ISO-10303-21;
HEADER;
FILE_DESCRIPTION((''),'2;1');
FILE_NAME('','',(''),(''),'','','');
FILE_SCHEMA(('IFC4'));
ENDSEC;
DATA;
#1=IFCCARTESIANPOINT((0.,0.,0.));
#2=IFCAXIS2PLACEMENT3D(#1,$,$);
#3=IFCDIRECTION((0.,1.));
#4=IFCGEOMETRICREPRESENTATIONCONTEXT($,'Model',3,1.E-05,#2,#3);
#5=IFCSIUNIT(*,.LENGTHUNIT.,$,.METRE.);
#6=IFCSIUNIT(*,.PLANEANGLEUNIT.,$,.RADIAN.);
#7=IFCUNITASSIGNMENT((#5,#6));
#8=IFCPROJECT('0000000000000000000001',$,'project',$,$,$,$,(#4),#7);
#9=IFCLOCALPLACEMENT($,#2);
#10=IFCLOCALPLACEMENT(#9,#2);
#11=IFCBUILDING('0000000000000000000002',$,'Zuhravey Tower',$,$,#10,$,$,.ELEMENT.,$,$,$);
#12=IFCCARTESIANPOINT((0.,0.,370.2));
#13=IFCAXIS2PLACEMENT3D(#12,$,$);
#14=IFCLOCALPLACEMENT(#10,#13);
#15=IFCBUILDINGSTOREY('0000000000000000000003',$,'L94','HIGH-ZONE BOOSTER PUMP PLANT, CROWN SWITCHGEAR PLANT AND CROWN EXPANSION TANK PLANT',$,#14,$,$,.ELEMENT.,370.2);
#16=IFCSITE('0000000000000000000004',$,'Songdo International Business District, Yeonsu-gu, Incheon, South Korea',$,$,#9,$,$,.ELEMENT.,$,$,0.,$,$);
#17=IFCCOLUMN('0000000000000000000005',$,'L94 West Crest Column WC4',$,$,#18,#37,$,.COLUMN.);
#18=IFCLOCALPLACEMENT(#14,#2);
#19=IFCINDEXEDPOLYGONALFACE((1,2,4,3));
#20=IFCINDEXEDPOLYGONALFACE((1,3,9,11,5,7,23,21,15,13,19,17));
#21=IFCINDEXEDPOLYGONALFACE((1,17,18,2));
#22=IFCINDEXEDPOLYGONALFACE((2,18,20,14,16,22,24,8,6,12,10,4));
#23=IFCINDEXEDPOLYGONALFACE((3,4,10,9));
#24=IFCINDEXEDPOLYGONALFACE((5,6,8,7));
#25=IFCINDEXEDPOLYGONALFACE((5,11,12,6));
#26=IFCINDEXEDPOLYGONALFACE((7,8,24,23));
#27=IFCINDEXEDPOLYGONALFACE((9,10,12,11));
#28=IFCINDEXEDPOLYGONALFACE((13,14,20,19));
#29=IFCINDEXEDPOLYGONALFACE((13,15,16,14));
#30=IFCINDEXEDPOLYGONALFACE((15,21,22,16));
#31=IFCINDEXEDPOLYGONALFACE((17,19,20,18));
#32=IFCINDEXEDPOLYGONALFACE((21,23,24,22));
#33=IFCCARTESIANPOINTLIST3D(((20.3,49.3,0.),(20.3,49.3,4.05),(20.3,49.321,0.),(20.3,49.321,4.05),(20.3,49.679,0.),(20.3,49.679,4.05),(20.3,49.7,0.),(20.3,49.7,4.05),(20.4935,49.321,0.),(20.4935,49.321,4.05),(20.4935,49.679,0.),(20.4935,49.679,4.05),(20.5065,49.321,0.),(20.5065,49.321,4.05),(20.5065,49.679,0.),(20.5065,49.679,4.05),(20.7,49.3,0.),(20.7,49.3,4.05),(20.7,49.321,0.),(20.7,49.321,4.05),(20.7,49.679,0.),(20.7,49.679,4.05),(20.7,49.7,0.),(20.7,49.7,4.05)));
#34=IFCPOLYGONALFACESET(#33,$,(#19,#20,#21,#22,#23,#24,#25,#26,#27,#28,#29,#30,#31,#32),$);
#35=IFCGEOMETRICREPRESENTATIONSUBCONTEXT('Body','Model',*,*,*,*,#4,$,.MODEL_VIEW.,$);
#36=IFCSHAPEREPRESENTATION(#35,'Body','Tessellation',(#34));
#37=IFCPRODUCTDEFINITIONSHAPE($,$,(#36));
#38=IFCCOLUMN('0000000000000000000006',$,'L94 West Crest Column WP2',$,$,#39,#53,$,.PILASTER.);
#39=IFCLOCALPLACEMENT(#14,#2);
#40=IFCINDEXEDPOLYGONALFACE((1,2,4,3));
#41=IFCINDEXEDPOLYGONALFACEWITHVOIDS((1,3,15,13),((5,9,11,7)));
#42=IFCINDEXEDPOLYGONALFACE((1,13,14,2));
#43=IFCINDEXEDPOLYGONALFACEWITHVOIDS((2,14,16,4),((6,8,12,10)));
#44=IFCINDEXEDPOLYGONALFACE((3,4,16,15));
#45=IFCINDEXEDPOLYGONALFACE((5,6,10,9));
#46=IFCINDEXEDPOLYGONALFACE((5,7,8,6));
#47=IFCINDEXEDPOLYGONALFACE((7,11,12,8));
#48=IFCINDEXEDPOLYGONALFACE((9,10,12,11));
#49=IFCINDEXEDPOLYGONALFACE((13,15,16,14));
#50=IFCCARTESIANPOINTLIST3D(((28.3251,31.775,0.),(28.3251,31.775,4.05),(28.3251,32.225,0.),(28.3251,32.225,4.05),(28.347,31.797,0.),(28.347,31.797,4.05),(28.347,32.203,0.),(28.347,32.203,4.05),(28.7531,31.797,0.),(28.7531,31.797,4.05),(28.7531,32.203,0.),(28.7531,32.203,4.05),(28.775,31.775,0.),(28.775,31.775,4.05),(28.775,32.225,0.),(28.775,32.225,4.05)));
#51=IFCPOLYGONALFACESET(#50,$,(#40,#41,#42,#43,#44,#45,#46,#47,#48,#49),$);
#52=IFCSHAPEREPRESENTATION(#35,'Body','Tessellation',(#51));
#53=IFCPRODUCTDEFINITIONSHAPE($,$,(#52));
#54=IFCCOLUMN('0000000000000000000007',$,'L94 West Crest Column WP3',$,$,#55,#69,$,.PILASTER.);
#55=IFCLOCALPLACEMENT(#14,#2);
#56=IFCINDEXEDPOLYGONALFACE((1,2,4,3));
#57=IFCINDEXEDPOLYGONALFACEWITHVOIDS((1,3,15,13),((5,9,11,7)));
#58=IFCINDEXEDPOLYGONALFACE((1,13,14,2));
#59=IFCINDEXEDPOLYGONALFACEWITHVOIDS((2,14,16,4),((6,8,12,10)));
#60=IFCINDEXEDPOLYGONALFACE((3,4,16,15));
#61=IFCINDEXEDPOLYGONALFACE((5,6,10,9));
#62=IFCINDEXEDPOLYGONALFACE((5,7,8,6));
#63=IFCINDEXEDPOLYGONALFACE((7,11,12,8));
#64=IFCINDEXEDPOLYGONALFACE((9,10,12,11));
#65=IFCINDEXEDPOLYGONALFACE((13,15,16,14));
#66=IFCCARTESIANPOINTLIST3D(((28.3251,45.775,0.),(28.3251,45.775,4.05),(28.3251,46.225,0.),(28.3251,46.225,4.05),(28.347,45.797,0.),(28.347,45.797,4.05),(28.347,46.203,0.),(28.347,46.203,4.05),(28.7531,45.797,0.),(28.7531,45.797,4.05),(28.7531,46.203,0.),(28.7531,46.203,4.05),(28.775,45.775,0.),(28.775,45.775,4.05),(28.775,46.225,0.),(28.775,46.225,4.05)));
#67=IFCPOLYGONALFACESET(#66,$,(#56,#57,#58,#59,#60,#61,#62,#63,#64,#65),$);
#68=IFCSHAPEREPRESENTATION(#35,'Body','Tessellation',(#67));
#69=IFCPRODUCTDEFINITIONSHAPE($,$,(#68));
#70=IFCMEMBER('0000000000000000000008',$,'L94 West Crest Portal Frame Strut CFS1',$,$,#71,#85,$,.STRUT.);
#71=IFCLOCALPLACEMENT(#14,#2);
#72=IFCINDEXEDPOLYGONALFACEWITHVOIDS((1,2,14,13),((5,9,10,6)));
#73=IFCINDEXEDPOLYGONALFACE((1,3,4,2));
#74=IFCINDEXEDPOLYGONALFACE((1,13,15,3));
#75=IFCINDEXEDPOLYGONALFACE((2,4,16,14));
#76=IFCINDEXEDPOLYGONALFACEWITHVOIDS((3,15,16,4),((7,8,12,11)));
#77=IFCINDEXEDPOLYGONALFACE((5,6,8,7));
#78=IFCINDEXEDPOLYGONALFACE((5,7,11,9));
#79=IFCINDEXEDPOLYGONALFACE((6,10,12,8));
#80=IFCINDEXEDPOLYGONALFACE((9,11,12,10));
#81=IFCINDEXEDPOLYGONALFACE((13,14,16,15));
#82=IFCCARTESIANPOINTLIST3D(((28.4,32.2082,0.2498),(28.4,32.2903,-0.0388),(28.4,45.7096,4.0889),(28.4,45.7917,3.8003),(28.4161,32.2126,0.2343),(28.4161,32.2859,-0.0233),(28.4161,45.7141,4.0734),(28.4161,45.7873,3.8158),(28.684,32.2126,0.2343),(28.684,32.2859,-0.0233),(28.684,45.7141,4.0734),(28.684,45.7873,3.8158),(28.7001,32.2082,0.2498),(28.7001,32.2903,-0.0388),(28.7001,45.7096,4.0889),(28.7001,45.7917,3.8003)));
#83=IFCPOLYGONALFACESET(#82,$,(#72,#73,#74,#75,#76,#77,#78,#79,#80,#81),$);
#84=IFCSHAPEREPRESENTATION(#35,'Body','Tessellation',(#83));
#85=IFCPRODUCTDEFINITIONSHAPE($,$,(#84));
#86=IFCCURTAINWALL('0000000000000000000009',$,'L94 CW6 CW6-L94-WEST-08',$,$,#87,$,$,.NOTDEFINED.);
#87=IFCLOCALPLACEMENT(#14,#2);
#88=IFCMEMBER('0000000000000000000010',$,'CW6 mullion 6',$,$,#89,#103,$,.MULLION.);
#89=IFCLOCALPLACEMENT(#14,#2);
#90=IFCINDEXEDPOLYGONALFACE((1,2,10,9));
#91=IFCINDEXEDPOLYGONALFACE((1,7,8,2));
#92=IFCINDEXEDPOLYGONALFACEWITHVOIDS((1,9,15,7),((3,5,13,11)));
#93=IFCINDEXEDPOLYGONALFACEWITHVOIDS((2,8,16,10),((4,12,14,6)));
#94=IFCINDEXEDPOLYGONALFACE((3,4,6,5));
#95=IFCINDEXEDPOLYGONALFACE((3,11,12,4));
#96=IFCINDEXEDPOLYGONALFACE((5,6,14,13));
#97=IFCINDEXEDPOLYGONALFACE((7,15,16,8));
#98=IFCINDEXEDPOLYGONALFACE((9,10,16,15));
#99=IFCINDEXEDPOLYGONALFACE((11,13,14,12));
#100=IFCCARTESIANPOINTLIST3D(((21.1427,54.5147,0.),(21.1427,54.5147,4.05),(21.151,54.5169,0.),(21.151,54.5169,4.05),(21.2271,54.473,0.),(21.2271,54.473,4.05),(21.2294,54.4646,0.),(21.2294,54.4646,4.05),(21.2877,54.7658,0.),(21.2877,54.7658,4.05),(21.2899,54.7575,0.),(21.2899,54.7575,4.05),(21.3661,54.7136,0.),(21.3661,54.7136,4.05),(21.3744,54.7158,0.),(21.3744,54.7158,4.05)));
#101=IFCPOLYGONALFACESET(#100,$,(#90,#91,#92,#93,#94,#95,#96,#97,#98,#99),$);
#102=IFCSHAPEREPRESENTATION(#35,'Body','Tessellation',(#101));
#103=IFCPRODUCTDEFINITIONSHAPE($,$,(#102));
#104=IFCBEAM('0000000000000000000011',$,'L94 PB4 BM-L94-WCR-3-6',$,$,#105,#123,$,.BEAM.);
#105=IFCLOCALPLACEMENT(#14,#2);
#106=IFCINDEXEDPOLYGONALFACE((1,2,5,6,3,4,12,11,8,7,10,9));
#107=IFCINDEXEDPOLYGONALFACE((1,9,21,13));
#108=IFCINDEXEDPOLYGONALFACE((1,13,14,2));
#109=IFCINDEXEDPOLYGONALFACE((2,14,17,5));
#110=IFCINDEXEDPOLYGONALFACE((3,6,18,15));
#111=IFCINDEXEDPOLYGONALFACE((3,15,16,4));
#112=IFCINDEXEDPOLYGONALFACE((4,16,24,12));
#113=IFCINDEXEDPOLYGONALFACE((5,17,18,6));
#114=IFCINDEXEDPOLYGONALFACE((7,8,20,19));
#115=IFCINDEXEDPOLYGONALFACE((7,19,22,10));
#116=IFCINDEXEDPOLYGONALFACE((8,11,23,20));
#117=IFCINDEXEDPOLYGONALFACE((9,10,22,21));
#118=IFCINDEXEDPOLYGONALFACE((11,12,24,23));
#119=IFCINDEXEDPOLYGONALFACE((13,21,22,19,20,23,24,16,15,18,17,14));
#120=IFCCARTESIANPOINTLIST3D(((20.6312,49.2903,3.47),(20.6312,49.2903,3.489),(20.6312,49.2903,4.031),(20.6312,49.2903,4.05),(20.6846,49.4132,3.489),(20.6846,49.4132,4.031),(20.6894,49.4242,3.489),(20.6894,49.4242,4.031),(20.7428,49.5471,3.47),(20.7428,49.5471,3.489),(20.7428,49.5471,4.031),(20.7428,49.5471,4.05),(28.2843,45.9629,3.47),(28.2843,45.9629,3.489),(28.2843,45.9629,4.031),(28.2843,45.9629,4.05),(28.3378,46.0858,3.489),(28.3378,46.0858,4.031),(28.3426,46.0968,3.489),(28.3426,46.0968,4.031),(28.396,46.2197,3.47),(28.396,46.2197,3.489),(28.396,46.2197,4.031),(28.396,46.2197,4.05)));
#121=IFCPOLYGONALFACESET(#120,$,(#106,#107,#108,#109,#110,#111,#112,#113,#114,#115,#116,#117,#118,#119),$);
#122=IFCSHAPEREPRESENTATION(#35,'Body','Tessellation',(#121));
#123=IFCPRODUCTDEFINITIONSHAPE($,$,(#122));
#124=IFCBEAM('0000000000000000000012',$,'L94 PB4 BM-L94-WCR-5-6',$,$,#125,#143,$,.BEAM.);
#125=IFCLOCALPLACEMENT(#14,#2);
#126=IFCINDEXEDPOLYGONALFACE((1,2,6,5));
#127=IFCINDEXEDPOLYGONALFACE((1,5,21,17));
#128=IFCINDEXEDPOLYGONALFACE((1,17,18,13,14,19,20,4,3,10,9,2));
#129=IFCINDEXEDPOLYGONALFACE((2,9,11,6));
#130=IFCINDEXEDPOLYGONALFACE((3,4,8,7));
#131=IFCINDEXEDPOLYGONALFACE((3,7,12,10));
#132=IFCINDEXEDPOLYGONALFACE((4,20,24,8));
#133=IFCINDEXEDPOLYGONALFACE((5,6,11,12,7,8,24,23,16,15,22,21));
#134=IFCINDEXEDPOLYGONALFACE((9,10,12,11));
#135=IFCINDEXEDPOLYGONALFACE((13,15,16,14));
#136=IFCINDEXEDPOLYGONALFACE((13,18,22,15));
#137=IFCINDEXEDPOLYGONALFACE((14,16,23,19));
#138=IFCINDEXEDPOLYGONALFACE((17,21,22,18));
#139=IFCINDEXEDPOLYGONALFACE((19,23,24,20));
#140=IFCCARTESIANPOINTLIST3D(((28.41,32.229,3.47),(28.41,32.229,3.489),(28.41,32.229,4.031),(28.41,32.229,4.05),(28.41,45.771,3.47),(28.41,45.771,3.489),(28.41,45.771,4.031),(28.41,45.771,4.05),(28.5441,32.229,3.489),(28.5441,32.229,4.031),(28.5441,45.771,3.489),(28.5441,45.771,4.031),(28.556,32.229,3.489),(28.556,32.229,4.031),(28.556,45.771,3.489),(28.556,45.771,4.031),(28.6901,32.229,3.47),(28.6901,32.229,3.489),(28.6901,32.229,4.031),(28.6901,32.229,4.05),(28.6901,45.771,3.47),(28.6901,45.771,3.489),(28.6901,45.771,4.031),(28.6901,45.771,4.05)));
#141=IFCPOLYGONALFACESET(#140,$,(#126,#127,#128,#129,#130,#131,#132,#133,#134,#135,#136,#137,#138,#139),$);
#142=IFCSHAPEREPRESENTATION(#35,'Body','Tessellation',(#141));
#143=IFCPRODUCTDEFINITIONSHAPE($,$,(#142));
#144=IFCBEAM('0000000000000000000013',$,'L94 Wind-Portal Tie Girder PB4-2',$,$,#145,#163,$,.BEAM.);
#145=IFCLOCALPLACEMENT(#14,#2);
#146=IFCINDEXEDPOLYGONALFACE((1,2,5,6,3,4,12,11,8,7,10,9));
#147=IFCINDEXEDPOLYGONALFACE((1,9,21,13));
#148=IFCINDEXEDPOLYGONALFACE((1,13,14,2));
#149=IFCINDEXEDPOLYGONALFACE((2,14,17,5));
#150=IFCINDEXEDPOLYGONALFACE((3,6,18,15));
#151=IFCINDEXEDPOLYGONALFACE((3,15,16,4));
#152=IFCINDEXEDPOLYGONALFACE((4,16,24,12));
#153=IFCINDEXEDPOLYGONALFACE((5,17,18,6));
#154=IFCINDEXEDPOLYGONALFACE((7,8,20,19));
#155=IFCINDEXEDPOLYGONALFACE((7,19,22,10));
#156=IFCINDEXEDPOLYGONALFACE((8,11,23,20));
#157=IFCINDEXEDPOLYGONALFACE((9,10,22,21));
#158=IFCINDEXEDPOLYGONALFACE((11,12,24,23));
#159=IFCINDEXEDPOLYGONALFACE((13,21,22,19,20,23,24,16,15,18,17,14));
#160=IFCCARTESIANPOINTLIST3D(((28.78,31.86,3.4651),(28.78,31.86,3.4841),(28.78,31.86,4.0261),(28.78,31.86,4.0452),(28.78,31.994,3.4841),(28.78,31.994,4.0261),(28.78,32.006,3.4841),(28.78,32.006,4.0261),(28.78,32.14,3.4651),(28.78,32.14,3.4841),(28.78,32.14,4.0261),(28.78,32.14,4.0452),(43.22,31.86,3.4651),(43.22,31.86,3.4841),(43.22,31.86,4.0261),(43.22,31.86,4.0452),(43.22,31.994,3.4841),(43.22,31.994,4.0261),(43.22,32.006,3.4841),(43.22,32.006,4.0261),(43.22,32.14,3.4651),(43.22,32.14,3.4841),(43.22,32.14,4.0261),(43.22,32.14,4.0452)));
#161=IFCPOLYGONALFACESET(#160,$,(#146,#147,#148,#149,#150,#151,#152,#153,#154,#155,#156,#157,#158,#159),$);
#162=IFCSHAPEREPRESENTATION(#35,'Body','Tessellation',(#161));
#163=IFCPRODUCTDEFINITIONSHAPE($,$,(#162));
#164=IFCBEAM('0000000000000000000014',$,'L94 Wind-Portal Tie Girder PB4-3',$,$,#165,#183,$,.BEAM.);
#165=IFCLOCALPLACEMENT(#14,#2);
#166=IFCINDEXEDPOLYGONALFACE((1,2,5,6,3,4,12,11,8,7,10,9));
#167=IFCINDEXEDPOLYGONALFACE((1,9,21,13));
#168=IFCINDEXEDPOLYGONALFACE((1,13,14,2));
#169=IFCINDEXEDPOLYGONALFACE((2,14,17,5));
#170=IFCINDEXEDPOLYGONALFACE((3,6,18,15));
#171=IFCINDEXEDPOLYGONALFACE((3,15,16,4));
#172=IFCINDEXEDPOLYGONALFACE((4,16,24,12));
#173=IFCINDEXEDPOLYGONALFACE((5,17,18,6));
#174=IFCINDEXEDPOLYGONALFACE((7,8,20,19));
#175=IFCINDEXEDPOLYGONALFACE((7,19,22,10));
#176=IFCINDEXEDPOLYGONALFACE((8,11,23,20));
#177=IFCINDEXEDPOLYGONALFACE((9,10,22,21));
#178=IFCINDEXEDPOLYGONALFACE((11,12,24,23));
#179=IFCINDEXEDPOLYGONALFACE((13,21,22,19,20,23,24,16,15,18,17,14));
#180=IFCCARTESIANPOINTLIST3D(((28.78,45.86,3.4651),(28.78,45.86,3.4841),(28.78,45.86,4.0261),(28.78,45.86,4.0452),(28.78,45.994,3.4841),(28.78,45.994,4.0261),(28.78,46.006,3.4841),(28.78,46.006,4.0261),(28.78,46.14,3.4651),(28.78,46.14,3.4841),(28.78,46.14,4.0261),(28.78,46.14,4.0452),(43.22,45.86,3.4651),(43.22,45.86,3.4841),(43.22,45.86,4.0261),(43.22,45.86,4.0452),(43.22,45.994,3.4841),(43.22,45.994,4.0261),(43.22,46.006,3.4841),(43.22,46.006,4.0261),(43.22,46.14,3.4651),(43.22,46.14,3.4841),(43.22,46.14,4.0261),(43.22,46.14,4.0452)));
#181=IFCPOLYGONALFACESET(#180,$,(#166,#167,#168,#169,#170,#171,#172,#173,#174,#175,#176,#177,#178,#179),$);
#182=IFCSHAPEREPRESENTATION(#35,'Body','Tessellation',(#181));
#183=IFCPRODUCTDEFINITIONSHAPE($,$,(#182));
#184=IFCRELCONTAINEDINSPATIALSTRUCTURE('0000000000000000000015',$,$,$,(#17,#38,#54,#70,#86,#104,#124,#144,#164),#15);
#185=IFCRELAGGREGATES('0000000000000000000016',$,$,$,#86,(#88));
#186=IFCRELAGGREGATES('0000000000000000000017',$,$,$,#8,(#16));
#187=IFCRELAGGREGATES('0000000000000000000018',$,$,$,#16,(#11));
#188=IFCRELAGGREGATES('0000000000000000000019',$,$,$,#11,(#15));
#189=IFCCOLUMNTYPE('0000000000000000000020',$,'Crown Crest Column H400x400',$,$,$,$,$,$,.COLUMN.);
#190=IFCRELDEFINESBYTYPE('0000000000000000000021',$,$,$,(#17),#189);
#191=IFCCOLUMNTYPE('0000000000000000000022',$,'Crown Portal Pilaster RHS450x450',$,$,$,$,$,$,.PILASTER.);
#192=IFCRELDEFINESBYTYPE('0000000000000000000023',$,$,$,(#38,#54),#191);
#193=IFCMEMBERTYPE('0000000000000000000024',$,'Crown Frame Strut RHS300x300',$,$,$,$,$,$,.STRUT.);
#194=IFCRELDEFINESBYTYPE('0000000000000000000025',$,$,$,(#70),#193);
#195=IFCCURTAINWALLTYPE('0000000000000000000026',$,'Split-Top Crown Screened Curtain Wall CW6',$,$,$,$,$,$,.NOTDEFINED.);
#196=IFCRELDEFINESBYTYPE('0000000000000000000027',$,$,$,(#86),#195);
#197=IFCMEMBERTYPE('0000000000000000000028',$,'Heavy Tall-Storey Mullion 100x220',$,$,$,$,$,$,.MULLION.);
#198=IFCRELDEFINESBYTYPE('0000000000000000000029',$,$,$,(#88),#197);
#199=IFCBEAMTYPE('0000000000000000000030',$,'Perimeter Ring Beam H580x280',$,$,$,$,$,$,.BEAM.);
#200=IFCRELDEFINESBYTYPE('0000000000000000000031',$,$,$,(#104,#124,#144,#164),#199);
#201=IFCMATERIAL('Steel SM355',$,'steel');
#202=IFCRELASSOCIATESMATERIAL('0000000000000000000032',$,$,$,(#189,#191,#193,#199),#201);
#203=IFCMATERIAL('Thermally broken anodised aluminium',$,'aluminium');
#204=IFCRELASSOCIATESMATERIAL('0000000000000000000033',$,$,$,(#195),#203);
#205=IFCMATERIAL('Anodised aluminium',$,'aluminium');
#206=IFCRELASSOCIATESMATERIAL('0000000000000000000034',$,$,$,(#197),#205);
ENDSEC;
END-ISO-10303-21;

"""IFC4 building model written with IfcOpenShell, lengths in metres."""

from ifc_helpers import new_model, si_unit, direction, frame, origin, origin_2d, place, context, subcontext, project, spatial, hollow_rectangle, i_section, extrude, material, material_profile, profile_set, type_object, element, aggregate, save


model = new_model("IFC4")

# Units and contexts
model_context = context("Model", 3, precision=1e-05, world=origin(), true_north=direction((0.0, 1.0)))
body_context = subcontext(model_context, "Body", "Model", "MODEL_VIEW")
ifc_project = project(units=[si_unit("LENGTHUNIT", "METRE"), si_unit("PLANEANGLEUNIT", "RADIAN")], contexts=[model_context])

# Site, building, storey
site_placement = place(None, origin())
site = spatial("IfcSite", under=ifc_project, at=site_placement, Name="Songdo International Business District, Yeonsu-gu, Incheon, South Korea", CompositionType="ELEMENT", RefElevation=0.0)
building_placement = place(site_placement, origin())
building = spatial("IfcBuilding", under=site, at=building_placement, Name="Zuhravey Tower", CompositionType="ELEMENT")
storey_placement = place(building_placement, frame((0.0, 0.0, 370.2)))
storey = spatial("IfcBuildingStorey", under=building, at=storey_placement, Name="L94", Description="HIGH-ZONE BOOSTER PUMP PLANT, CROWN SWITCHGEAR PLANT AND CROWN EXPANSION TANK PLANT", CompositionType="ELEMENT", Elevation=370.2)

# Columns
ifc_material_1 = material(Name="Steel SM355", Category="steel")
ifc_material_profile_1 = material_profile(ifc_material_1, i_section(OverallWidth=0.3999, OverallDepth=0.3999, WebThickness=0.0129, FlangeThickness=0.021, at=origin_2d()), Name="H-400x400x13x21")
ifc_profile_set_1 = profile_set([ifc_material_profile_1], Name="Steel SM355")
column_type_1 = type_object("IfcColumnType", Name="Crown Crest Column H400x400", PredefinedType="COLUMN", material=ifc_profile_set_1)
column_placement = place(storey_placement, frame((20.5, 49.5, 0.0), z_axis=(0.0, 0.0, 1.0), x_axis=(1.0, 0.0, 0.0)))
element("IfcColumn", 1, at=column_placement, inside=storey, type_object=column_type_1, Name="L94 West Crest Column WC4", PredefinedType="COLUMN", context=body_context, shape_type="SweptSolid", body=[
    extrude(i_section(OverallWidth=0.3999, OverallDepth=0.3999, WebThickness=0.0129, FlangeThickness=0.021, at=origin_2d()), origin(), (0.0, 0.0, 1.0), 4.05),
])
ifc_material_profile_2 = material_profile(ifc_material_1, hollow_rectangle(XDim=0.45, YDim=0.45, WallThickness=0.022, at=origin_2d()), Name="RHS-450x450x22")
ifc_profile_set_2 = profile_set([ifc_material_profile_2], Name="Steel SM355")
column_type_2 = type_object("IfcColumnType", Name="Crown Portal Pilaster RHS450x450", PredefinedType="PILASTER", material=ifc_profile_set_2)
for number, where, z_axis, x_axis, name in (
    (2, (28.55, 32.0, 0.0), (0.0, 0.0, 1.0), (1.0, 0.0, 0.0), "L94 West Crest Column WP2"),
    (3, (28.55, 46.0, 0.0), (0.0, 0.0, 1.0), (1.0, 0.0, 0.0), "L94 West Crest Column WP3"),
):
    element("IfcColumn", number, at=place(storey_placement, frame(where, z_axis=z_axis, x_axis=x_axis)), inside=storey, type_object=column_type_2, Name=name, PredefinedType="PILASTER", context=body_context, shape_type="SweptSolid", body=[
        extrude(hollow_rectangle(XDim=0.45, YDim=0.45, WallThickness=0.022, at=origin_2d()), origin(), (0.0, 0.0, 1.0), 4.05),
    ])

# Member
ifc_material_profile_3 = material_profile(ifc_material_1, hollow_rectangle(XDim=0.3, YDim=0.3, WallThickness=0.0161, at=origin_2d()), Name="RHS-300x300x16")
ifc_profile_set_3 = profile_set([ifc_material_profile_3], Name="Steel SM355")
member_type_1 = type_object("IfcMemberType", Name="Crown Frame Strut RHS300x300", PredefinedType="STRUT", material=ifc_profile_set_3)
member_1_placement = place(storey_placement, frame((28.55, 32.2493, 0.1055), z_axis=(0.0, 0.96187, 0.273506), x_axis=(-1.0, 0.0, 0.0)))
element("IfcMember", 4, at=member_1_placement, inside=storey, type_object=member_type_1, Name="L94 West Crest Portal Frame Strut CFS1", PredefinedType="STRUT", context=body_context, shape_type="SweptSolid", body=[
    extrude(hollow_rectangle(XDim=0.3, YDim=0.3, WallThickness=0.0161, at=origin_2d()), origin(), (0.0, 0.0, 1.0), 14.0366),
])

# Curtain wall, member
ifc_material_2 = material(Name="Thermally broken anodised aluminium", Category="aluminium")
curtain_wall_type = type_object("IfcCurtainWallType", Name="Split-Top Crown Screened Curtain Wall CW6", PredefinedType="NOTDEFINED", material=ifc_material_2)
curtain_wall_placement = place(storey_placement, origin())
curtain_wall = element("IfcCurtainWall", 5, at=curtain_wall_placement, inside=storey, type_object=curtain_wall_type, Name="L94 CW6 CW6-L94-WEST-08", PredefinedType="NOTDEFINED")
ifc_material_3 = material(Name="Anodised aluminium", Category="aluminium")
ifc_material_profile_4 = material_profile(ifc_material_3, hollow_rectangle(XDim=0.1001, YDim=0.29, WallThickness=0.0061, at=origin_2d()), Name="ALU-RHS-100x290x6")
ifc_profile_set_4 = profile_set([ifc_material_profile_4], Name="Anodised aluminium")
member_type_2 = type_object("IfcMemberType", Name="Heavy Tall-Storey Mullion 100x220", PredefinedType="MULLION", material=ifc_profile_set_4)
member_2_placement = place(storey_placement, frame((21.2585, 54.6152, 0.0), z_axis=(0.0, 0.0, 1.0), x_axis=(-0.866027, 0.499997, 0.0)))
member_2 = element("IfcMember", 6, at=member_2_placement, type_object=member_type_2, Name="CW6 mullion 6", PredefinedType="MULLION", context=body_context, shape_type="SweptSolid", body=[
    extrude(hollow_rectangle(XDim=0.1001, YDim=0.29, WallThickness=0.0061, at=origin_2d()), origin(), (0.0, 0.0, 1.0), 4.05),
])

# Beams
ifc_material_profile_5 = material_profile(ifc_material_1, i_section(OverallWidth=0.28, OverallDepth=0.5801, WebThickness=0.012, FlangeThickness=0.019, at=origin_2d()), Name="H-580x280x12x19")
ifc_profile_set_5 = profile_set([ifc_material_profile_5], Name="Steel SM355")
beam_type = type_object("IfcBeamType", Name="Perimeter Ring Beam H580x280", PredefinedType="BEAM", material=ifc_profile_set_5)
beam_1_placement = place(storey_placement, frame((20.687, 49.4187, 3.76), z_axis=(0.917071, -0.398723, 0.0), x_axis=(0.398723, 0.917071, 0.0)))
element("IfcBeam", 7, at=beam_1_placement, inside=storey, type_object=beam_type, Name="L94 PB4 BM-L94-WCR-3-6", PredefinedType="BEAM", context=body_context, shape_type="SweptSolid", body=[
    extrude(i_section(OverallWidth=0.28, OverallDepth=0.5801, WebThickness=0.012, FlangeThickness=0.019, at=origin_2d()), origin(), (0.0, 0.0, 1.0), 8.3452),
])
beam_2_placement = place(storey_placement, frame((28.55, 32.229, 3.76), z_axis=(0.0, 1.0, 0.0), x_axis=(-1.0, 0.0, 0.0)))
element("IfcBeam", 8, at=beam_2_placement, inside=storey, type_object=beam_type, Name="L94 PB4 BM-L94-WCR-5-6", PredefinedType="BEAM", context=body_context, shape_type="SweptSolid", body=[
    extrude(i_section(OverallWidth=0.28, OverallDepth=0.5801, WebThickness=0.012, FlangeThickness=0.019, at=origin_2d()), origin(), (0.0, 0.0, 1.0), 13.542),
])
for number, where, z_axis, x_axis, name in (
    (9, (28.78, 32.0, 3.7551), (1.0, 0.0, 0.0), (0.0, 1.0, 0.0), "L94 Wind-Portal Tie Girder PB4-2"),
    (10, (28.78, 46.0, 3.7551), (1.0, 0.0, 0.0), (0.0, 1.0, 0.0), "L94 Wind-Portal Tie Girder PB4-3"),
):
    element("IfcBeam", number, at=place(storey_placement, frame(where, z_axis=z_axis, x_axis=x_axis)), inside=storey, type_object=beam_type, Name=name, PredefinedType="BEAM", context=body_context, shape_type="SweptSolid", body=[
        extrude(i_section(OverallWidth=0.28, OverallDepth=0.5801, WebThickness=0.012, FlangeThickness=0.019, at=origin_2d()), origin(), (0.0, 0.0, 1.0), 14.4399),
    ])

aggregate(curtain_wall, [member_2])

save(model, "model.ifc")
